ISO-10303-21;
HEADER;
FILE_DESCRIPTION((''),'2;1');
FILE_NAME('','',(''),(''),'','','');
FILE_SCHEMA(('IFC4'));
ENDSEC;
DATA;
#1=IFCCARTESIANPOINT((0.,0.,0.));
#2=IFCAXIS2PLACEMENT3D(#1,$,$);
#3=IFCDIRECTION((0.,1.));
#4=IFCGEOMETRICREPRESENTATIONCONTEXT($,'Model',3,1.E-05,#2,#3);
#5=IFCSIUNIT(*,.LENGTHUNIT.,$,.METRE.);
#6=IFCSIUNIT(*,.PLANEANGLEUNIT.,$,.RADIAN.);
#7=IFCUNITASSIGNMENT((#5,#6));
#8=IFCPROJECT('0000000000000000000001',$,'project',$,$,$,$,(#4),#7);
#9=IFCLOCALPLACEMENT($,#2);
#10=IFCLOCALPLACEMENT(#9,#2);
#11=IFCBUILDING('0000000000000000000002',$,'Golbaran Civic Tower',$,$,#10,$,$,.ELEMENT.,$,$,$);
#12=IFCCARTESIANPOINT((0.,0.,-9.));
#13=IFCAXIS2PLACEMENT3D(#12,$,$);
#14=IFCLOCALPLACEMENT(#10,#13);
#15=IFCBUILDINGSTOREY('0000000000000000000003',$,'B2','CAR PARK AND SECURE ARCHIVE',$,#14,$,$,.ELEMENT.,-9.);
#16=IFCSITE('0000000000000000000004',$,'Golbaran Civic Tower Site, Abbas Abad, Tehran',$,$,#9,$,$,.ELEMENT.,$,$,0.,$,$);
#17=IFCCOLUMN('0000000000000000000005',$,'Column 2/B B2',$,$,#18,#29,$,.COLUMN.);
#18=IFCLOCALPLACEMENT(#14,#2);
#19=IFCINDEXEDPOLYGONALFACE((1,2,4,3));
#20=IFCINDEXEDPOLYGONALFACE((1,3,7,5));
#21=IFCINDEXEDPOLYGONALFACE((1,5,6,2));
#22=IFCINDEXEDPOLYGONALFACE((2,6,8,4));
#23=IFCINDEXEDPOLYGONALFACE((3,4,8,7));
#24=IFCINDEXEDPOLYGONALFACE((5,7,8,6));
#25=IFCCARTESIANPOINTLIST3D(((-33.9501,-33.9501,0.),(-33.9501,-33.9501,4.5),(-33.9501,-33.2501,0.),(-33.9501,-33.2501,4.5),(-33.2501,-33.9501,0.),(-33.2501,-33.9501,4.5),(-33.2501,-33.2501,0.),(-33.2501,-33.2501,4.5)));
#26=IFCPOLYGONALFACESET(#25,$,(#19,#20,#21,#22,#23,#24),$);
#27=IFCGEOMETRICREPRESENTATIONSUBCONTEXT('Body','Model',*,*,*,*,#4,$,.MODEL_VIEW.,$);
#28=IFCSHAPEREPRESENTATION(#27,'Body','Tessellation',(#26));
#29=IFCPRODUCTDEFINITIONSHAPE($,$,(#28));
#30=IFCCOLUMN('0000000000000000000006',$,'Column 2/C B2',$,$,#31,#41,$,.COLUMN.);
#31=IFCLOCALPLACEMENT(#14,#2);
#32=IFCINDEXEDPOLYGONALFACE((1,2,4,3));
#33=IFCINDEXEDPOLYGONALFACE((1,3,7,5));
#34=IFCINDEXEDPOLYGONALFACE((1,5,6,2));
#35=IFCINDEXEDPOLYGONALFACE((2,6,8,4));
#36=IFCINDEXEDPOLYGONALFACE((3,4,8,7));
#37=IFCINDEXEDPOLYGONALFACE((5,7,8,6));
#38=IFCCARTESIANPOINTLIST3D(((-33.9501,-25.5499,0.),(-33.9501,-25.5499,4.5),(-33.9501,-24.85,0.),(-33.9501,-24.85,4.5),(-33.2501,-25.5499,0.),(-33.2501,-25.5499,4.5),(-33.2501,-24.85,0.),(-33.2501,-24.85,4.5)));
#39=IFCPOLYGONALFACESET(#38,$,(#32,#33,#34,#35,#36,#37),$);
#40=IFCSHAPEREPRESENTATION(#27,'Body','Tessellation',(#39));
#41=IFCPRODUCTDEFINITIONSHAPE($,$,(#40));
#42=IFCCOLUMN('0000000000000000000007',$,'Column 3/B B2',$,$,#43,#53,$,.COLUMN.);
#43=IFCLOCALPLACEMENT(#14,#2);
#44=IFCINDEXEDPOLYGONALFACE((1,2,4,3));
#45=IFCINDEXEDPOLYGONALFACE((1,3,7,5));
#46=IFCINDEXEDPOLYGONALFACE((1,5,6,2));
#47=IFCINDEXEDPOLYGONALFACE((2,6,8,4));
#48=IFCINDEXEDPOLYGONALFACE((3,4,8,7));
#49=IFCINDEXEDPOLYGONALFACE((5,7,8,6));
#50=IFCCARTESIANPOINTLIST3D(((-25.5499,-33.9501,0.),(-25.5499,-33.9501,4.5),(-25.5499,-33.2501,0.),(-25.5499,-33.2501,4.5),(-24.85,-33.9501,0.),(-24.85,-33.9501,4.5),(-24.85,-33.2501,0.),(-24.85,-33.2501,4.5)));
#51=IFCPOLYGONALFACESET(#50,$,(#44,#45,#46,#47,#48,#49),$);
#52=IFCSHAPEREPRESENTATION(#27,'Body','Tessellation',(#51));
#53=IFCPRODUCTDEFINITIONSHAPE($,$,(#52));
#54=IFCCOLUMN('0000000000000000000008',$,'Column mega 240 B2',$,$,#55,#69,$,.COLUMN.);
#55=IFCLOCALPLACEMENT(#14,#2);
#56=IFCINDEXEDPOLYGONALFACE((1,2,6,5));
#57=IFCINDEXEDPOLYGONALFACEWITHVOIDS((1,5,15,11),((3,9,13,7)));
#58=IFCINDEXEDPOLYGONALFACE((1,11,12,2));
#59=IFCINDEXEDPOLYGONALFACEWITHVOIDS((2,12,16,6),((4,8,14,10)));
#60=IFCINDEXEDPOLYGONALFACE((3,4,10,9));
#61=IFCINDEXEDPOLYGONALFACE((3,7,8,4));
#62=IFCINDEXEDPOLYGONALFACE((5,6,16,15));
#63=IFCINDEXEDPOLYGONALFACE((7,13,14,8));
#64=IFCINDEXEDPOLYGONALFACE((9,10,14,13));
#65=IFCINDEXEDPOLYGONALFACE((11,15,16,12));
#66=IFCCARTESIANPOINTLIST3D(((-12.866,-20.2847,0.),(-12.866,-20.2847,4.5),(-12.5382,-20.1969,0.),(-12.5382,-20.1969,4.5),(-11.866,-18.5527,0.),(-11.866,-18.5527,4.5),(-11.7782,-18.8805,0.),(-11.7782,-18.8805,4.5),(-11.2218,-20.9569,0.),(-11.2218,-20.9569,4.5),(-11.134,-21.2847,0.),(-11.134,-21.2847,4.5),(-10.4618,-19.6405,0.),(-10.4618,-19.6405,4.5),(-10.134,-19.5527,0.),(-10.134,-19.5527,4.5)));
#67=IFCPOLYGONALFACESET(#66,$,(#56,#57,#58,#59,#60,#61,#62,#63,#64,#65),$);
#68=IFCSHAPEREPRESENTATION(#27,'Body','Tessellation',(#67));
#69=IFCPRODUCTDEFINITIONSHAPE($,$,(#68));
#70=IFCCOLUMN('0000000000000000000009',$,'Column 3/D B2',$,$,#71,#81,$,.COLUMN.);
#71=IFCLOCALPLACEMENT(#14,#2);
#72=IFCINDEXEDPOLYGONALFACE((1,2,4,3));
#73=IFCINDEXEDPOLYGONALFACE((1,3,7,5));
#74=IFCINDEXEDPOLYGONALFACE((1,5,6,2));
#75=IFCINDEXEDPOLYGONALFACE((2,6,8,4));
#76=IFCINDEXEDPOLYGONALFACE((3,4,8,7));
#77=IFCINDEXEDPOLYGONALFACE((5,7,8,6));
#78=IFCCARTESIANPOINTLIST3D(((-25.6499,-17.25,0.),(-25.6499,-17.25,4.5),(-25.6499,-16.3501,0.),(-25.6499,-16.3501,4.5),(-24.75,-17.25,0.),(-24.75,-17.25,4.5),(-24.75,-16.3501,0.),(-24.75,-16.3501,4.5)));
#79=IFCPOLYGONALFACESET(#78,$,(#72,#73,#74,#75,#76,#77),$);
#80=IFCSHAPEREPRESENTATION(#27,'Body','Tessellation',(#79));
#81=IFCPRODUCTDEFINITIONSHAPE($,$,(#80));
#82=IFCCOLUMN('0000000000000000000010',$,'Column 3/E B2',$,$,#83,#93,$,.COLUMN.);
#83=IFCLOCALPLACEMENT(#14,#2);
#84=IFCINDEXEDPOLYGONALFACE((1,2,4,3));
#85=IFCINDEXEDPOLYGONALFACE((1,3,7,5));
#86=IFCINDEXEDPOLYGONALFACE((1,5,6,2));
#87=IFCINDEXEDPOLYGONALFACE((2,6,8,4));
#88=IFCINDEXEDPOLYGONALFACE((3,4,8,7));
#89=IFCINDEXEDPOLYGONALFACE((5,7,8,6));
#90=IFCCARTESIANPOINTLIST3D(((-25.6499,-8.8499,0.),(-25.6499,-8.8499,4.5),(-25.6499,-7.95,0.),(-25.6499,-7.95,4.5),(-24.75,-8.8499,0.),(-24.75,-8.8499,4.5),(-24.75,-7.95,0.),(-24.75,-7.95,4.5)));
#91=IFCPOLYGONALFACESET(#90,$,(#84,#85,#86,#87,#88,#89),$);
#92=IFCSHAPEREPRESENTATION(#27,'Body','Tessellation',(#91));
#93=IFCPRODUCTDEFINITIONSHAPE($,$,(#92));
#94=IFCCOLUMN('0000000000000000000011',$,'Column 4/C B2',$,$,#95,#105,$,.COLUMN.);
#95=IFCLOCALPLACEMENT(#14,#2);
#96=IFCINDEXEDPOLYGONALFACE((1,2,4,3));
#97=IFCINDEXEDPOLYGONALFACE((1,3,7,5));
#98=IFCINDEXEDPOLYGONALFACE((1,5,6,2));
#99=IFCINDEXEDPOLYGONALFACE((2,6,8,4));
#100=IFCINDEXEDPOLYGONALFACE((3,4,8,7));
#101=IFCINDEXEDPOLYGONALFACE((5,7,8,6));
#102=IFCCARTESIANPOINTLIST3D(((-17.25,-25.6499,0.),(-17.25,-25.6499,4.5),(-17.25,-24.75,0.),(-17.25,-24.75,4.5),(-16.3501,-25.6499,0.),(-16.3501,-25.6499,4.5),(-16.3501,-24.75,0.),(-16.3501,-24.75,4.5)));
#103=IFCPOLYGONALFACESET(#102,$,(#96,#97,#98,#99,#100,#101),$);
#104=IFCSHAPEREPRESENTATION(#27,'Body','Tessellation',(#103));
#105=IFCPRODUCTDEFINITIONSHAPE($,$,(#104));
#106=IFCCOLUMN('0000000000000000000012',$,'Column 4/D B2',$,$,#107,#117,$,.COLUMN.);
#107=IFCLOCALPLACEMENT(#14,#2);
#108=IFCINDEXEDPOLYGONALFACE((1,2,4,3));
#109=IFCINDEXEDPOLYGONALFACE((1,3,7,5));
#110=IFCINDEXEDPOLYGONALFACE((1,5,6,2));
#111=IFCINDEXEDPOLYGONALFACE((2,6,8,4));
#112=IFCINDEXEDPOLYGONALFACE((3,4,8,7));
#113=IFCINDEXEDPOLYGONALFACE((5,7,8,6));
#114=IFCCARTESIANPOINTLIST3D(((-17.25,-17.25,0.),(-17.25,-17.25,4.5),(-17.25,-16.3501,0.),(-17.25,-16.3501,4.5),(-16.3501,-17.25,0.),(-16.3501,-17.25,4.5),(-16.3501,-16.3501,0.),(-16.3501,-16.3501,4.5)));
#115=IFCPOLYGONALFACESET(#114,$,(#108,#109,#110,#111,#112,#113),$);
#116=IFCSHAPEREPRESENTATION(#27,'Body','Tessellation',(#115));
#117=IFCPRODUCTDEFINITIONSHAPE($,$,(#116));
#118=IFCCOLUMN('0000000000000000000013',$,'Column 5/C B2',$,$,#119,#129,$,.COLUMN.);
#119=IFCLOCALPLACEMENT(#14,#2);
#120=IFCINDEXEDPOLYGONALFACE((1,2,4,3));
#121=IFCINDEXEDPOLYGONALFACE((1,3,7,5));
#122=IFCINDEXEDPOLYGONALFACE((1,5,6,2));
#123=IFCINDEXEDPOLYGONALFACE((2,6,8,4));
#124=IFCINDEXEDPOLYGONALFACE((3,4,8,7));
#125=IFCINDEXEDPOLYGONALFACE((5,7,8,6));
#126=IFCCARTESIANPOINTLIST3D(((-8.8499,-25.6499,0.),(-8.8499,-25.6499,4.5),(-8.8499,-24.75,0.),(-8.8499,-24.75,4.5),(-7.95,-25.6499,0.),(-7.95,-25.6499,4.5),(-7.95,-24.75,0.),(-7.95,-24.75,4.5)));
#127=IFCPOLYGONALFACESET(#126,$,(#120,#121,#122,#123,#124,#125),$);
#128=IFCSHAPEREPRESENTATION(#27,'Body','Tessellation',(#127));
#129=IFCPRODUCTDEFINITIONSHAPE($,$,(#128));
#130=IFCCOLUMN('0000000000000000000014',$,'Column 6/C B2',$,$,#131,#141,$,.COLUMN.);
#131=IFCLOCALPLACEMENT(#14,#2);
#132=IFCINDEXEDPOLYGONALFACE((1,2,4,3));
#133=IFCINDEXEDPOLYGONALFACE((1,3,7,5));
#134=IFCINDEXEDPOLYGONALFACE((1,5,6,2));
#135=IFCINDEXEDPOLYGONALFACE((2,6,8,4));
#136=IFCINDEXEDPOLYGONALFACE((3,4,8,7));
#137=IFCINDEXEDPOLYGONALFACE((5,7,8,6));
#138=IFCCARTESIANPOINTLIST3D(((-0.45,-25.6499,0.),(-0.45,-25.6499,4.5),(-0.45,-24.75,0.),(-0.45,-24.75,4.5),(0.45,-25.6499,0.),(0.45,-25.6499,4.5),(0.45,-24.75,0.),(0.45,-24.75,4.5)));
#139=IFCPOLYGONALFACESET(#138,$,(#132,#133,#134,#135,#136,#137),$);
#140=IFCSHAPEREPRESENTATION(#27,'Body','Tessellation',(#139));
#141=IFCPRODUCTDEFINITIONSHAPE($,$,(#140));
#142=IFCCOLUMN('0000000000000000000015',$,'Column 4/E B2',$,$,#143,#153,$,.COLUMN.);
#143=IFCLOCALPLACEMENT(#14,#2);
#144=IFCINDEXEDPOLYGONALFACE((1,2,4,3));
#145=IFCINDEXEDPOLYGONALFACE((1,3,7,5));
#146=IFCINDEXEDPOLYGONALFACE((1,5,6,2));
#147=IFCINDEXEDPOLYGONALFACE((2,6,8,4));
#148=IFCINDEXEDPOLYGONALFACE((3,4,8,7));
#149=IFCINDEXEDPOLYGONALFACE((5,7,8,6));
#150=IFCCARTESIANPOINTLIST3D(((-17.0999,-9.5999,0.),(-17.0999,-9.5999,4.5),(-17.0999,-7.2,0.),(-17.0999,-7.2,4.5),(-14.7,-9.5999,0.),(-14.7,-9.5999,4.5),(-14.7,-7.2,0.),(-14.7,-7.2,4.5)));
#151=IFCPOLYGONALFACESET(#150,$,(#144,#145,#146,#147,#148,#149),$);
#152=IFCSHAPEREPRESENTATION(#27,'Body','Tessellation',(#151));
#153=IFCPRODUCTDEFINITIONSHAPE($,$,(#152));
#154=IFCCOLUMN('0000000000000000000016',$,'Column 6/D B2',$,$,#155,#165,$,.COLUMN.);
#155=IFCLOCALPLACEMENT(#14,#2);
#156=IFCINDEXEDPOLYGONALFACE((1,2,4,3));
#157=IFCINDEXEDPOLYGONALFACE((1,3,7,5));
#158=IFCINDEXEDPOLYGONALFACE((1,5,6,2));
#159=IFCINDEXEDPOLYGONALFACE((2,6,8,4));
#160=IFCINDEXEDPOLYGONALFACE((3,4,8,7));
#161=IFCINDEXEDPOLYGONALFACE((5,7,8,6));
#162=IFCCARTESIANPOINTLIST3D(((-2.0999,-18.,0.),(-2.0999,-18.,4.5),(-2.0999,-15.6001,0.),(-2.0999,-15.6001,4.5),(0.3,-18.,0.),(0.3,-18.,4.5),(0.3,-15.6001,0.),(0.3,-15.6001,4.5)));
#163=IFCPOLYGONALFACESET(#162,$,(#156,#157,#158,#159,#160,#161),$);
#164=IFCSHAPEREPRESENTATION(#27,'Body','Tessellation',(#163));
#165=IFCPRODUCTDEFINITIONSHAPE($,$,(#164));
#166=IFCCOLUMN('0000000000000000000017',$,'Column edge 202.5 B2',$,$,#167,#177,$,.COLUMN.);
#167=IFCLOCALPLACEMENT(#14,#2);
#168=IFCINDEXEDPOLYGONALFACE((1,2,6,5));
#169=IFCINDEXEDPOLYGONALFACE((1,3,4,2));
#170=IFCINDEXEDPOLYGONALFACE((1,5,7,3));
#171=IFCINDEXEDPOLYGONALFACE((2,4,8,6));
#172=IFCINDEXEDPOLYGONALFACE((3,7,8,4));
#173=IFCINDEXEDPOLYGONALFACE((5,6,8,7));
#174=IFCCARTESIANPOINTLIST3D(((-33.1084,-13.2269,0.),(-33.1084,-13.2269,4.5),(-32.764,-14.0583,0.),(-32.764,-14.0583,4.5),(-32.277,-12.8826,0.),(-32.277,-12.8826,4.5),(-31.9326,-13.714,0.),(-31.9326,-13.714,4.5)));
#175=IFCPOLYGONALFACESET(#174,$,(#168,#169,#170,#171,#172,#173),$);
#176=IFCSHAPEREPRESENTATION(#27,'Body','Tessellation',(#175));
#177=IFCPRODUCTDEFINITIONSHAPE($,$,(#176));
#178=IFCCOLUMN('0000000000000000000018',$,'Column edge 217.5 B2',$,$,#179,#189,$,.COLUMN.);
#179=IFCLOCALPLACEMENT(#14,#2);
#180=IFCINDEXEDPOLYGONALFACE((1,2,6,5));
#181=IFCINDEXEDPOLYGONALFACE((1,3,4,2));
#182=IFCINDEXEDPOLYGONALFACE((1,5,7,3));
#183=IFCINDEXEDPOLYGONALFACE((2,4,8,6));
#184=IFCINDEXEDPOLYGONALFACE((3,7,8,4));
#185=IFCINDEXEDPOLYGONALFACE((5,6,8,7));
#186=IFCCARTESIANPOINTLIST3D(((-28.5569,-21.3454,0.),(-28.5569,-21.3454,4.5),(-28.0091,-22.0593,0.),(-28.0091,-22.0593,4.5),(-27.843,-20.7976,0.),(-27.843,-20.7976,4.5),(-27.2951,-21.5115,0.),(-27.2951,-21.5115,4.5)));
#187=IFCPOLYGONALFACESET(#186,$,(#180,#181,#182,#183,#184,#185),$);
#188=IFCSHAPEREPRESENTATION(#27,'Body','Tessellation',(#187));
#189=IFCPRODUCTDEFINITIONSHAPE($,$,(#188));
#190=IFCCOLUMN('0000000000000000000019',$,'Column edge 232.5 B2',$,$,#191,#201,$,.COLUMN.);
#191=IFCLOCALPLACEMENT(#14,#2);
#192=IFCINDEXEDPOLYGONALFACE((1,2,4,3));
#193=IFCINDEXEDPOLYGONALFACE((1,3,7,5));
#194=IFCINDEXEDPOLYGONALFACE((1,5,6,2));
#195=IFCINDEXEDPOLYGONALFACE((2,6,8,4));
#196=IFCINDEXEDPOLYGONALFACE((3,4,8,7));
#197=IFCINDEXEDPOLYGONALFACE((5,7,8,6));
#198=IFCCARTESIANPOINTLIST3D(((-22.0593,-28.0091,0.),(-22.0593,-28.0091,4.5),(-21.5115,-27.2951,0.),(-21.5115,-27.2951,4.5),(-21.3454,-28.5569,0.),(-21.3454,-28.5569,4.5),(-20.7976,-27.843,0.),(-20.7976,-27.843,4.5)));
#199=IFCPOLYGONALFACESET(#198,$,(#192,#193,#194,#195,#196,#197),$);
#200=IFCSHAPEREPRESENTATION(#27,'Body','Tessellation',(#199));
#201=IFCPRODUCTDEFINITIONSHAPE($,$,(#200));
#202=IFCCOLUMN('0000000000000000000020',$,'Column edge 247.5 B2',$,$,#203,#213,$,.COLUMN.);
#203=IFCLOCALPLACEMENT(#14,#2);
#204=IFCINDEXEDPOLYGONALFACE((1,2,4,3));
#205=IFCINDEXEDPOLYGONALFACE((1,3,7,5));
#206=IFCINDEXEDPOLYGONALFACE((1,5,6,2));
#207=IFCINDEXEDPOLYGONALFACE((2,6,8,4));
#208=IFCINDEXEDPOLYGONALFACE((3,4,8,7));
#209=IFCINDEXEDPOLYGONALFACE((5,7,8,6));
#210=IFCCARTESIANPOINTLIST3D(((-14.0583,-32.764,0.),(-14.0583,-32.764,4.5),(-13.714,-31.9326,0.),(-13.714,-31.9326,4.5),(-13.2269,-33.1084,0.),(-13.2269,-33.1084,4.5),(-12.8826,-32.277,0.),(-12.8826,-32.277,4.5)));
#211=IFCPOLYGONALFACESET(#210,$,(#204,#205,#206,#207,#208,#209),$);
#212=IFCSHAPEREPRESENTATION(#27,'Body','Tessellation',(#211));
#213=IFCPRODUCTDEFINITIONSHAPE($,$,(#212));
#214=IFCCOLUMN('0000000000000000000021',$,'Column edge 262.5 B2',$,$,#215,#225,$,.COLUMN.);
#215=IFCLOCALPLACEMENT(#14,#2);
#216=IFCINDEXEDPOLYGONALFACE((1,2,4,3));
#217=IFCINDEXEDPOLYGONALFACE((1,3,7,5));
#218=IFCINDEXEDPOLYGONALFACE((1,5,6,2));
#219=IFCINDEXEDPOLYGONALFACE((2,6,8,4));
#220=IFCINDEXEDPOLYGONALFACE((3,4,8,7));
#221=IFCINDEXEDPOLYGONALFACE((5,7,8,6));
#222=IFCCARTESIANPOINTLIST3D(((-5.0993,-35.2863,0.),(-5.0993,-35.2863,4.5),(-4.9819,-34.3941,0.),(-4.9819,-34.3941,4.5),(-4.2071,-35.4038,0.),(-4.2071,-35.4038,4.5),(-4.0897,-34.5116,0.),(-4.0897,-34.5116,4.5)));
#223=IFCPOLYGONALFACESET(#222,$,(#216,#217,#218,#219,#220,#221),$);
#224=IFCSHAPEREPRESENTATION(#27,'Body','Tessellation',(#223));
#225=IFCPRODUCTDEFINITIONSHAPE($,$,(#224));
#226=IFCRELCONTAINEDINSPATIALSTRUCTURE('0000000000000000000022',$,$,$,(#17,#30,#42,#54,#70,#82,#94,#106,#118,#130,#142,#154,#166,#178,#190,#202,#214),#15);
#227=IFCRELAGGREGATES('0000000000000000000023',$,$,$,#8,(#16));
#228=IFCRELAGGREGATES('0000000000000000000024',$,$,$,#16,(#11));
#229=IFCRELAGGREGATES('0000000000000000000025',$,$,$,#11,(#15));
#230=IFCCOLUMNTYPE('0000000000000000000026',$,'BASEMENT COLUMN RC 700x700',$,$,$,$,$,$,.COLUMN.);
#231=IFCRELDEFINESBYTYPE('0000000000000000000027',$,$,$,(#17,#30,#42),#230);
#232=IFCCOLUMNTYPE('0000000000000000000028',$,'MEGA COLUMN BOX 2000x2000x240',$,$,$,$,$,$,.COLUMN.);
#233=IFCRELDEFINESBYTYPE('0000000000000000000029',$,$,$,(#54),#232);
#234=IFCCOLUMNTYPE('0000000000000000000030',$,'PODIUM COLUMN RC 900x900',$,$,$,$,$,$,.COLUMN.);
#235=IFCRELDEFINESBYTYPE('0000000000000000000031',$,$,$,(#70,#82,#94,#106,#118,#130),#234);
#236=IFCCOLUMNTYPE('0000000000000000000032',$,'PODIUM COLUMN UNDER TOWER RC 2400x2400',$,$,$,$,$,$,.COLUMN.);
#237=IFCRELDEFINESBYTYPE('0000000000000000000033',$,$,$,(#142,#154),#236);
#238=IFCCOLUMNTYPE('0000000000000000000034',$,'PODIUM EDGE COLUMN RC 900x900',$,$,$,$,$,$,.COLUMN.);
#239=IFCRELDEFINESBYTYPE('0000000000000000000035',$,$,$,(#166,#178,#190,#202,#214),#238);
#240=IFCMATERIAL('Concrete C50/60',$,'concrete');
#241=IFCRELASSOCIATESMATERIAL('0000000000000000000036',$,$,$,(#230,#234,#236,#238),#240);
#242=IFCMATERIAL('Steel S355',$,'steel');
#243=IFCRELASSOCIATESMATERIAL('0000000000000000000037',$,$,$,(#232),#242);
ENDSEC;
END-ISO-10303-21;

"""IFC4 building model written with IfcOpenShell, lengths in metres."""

from ifc_helpers import new_model, si_unit, direction, frame, origin, origin_2d, place, context, subcontext, project, spatial, rectangle, hollow_rectangle, extrude, material, material_profile, profile_set, type_object, element, save


model = new_model("IFC4")

# Units and contexts
model_context = context("Model", 3, precision=1e-05, world=origin(), true_north=direction((0.0, 1.0)))
body_context = subcontext(model_context, "Body", "Model", "MODEL_VIEW")
ifc_project = project(units=[si_unit("LENGTHUNIT", "METRE"), si_unit("PLANEANGLEUNIT", "RADIAN")], contexts=[model_context])

# Site, building, storey
site_placement = place(None, origin())
site = spatial("IfcSite", under=ifc_project, at=site_placement, Name="Golbaran Civic Tower Site, Abbas Abad, Tehran", CompositionType="ELEMENT", RefElevation=0.0)
building_placement = place(site_placement, origin())
building = spatial("IfcBuilding", under=site, at=building_placement, Name="Golbaran Civic Tower", CompositionType="ELEMENT")
storey_placement = place(building_placement, frame((0.0, 0.0, -9.0)))
storey = spatial("IfcBuildingStorey", under=building, at=storey_placement, Name="B2", Description="CAR PARK AND SECURE ARCHIVE", CompositionType="ELEMENT", Elevation=-9.0)

# Columns
ifc_material_1 = material(Name="Concrete C50/60", Category="concrete")
ifc_material_profile_1 = material_profile(ifc_material_1, rectangle(XDim=0.7, YDim=0.7, at=origin_2d()), Name="RC 700x700")
ifc_profile_set_1 = profile_set([ifc_material_profile_1], Name="Concrete C50/60")
column_type_1 = type_object("IfcColumnType", Name="BASEMENT COLUMN RC 700x700", PredefinedType="COLUMN", material=ifc_profile_set_1)
for number, where, z_axis, x_axis, name in (
    (1, (-33.6001, -33.6001, 0.0), (0.0, 0.0, 1.0), (1.0, 0.0, 0.0), "Column 2/B B2"),
    (2, (-33.6001, -25.2, 0.0), (0.0, 0.0, 1.0), (1.0, 0.0, 0.0), "Column 2/C B2"),
    (3, (-25.2, -33.6001, 0.0), (0.0, 0.0, 1.0), (1.0, 0.0, 0.0), "Column 3/B B2"),
):
    element("IfcColumn", number, at=place(storey_placement, frame(where, z_axis=z_axis, x_axis=x_axis)), inside=storey, type_object=column_type_1, Name=name, PredefinedType="COLUMN", context=body_context, shape_type="SweptSolid", body=[
        extrude(rectangle(XDim=0.7, YDim=0.7, at=origin_2d()), origin(), (0.0, 0.0, 1.0), 4.5),
    ])
ifc_material_2 = material(Name="Steel S355", Category="steel")
ifc_material_profile_2 = material_profile(ifc_material_2, hollow_rectangle(XDim=2.0, YDim=2.0, WallThickness=0.24, at=origin_2d()), Name="BOX 2000x2000x240")
ifc_profile_set_2 = profile_set([ifc_material_profile_2], Name="Steel S355")
column_type_2 = type_object("IfcColumnType", Name="MEGA COLUMN BOX 2000x2000x240", PredefinedType="COLUMN", material=ifc_profile_set_2)
column_placement = place(storey_placement, frame((-11.5, -19.9187, 0.0), z_axis=(0.0, 0.0, 1.0), x_axis=(-0.5, -0.866025, 0.0)))
element("IfcColumn", 4, at=column_placement, inside=storey, type_object=column_type_2, Name="Column mega 240 B2", PredefinedType="COLUMN", context=body_context, shape_type="SweptSolid", body=[
    extrude(hollow_rectangle(XDim=2.0, YDim=2.0, WallThickness=0.24, at=origin_2d()), origin(), (0.0, 0.0, 1.0), 4.5),
])
ifc_material_profile_3 = material_profile(ifc_material_1, rectangle(XDim=0.8999, YDim=0.8999, at=origin_2d()), Name="RC 900x900")
ifc_profile_set_3 = profile_set([ifc_material_profile_3], Name="Concrete C50/60")
column_type_3 = type_object("IfcColumnType", Name="PODIUM COLUMN RC 900x900", PredefinedType="COLUMN", material=ifc_profile_set_3)
for number, where, z_axis, x_axis, name in (
    (5, (-25.2, -16.8, 0.0), (0.0, 0.0, 1.0), (1.0, 0.0, 0.0), "Column 3/D B2"),
    (6, (-25.2, -8.3999, 0.0), (0.0, 0.0, 1.0), (1.0, 0.0, 0.0), "Column 3/E B2"),
    (7, (-16.8, -25.2, 0.0), (0.0, 0.0, 1.0), (1.0, 0.0, 0.0), "Column 4/C B2"),
    (8, (-16.8, -16.8, 0.0), (0.0, 0.0, 1.0), (1.0, 0.0, 0.0), "Column 4/D B2"),
    (9, (-8.3999, -25.2, 0.0), (0.0, 0.0, 1.0), (1.0, 0.0, 0.0), "Column 5/C B2"),
    (10, (0.0, -25.2, 0.0), (0.0, 0.0, 1.0), (1.0, 0.0, 0.0), "Column 6/C B2"),
):
    element("IfcColumn", number, at=place(storey_placement, frame(where, z_axis=z_axis, x_axis=x_axis)), inside=storey, type_object=column_type_3, Name=name, PredefinedType="COLUMN", context=body_context, shape_type="SweptSolid", body=[
        extrude(rectangle(XDim=0.8999, YDim=0.8999, at=origin_2d()), origin(), (0.0, 0.0, 1.0), 4.5),
    ])
ifc_material_profile_4 = material_profile(ifc_material_1, rectangle(XDim=2.3999, YDim=2.3999, at=origin_2d()), Name="RC 2400x2400")
ifc_profile_set_4 = profile_set([ifc_material_profile_4], Name="Concrete C50/60")
column_type_4 = type_object("IfcColumnType", Name="PODIUM COLUMN UNDER TOWER RC 2400x2400", PredefinedType="COLUMN", material=ifc_profile_set_4)
for number, where, z_axis, x_axis, name in (
    (11, (-15.8999, -8.3999, 0.0), (0.0, 0.0, 1.0), (1.0, 0.0, 0.0), "Column 4/E B2"),
    (12, (-0.8999, -16.8, 0.0), (0.0, 0.0, 1.0), (1.0, 0.0, 0.0), "Column 6/D B2"),
):
    element("IfcColumn", number, at=place(storey_placement, frame(where, z_axis=z_axis, x_axis=x_axis)), inside=storey, type_object=column_type_4, Name=name, PredefinedType="COLUMN", context=body_context, shape_type="SweptSolid", body=[
        extrude(rectangle(XDim=2.3999, YDim=2.3999, at=origin_2d()), origin(), (0.0, 0.0, 1.0), 4.5),
    ])
ifc_material_profile_5 = material_profile(ifc_material_1, rectangle(XDim=0.8999, YDim=0.8999, at=origin_2d()), Name="RC 900x900")
ifc_profile_set_5 = profile_set([ifc_material_profile_5], Name="Concrete C50/60")
column_type_5 = type_object("IfcColumnType", Name="PODIUM EDGE COLUMN RC 900x900", PredefinedType="COLUMN", material=ifc_profile_set_5)
for number, where, z_axis, x_axis, name in (
    (13, (-32.5205, -13.4705, 0.0), (0.0, 0.0, 1.0), (-0.92388, -0.382683, 0.0), "Column edge 202.5 B2"),
    (14, (-27.926, -21.4285, 0.0), (0.0, 0.0, 1.0), (-0.793353, -0.608761, 0.0), "Column edge 217.5 B2"),
    (15, (-21.4285, -27.926, 0.0), (0.0, 0.0, 1.0), (-0.608761, -0.793353, 0.0), "Column edge 232.5 B2"),
    (16, (-13.4705, -32.5205, 0.0), (0.0, 0.0, 1.0), (-0.382683, -0.92388, 0.0), "Column edge 247.5 B2"),
    (17, (-4.5945, -34.8989, 0.0), (0.0, 0.0, 1.0), (-0.130526, -0.991445, 0.0), "Column edge 262.5 B2"),
):
    element("IfcColumn", number, at=place(storey_placement, frame(where, z_axis=z_axis, x_axis=x_axis)), inside=storey, type_object=column_type_5, Name=name, PredefinedType="COLUMN", context=body_context, shape_type="SweptSolid", body=[
        extrude(rectangle(XDim=0.8999, YDim=0.8999, at=origin_2d()), origin(), (0.0, 0.0, 1.0), 4.5),
    ])

save(model, "model.ifc")
